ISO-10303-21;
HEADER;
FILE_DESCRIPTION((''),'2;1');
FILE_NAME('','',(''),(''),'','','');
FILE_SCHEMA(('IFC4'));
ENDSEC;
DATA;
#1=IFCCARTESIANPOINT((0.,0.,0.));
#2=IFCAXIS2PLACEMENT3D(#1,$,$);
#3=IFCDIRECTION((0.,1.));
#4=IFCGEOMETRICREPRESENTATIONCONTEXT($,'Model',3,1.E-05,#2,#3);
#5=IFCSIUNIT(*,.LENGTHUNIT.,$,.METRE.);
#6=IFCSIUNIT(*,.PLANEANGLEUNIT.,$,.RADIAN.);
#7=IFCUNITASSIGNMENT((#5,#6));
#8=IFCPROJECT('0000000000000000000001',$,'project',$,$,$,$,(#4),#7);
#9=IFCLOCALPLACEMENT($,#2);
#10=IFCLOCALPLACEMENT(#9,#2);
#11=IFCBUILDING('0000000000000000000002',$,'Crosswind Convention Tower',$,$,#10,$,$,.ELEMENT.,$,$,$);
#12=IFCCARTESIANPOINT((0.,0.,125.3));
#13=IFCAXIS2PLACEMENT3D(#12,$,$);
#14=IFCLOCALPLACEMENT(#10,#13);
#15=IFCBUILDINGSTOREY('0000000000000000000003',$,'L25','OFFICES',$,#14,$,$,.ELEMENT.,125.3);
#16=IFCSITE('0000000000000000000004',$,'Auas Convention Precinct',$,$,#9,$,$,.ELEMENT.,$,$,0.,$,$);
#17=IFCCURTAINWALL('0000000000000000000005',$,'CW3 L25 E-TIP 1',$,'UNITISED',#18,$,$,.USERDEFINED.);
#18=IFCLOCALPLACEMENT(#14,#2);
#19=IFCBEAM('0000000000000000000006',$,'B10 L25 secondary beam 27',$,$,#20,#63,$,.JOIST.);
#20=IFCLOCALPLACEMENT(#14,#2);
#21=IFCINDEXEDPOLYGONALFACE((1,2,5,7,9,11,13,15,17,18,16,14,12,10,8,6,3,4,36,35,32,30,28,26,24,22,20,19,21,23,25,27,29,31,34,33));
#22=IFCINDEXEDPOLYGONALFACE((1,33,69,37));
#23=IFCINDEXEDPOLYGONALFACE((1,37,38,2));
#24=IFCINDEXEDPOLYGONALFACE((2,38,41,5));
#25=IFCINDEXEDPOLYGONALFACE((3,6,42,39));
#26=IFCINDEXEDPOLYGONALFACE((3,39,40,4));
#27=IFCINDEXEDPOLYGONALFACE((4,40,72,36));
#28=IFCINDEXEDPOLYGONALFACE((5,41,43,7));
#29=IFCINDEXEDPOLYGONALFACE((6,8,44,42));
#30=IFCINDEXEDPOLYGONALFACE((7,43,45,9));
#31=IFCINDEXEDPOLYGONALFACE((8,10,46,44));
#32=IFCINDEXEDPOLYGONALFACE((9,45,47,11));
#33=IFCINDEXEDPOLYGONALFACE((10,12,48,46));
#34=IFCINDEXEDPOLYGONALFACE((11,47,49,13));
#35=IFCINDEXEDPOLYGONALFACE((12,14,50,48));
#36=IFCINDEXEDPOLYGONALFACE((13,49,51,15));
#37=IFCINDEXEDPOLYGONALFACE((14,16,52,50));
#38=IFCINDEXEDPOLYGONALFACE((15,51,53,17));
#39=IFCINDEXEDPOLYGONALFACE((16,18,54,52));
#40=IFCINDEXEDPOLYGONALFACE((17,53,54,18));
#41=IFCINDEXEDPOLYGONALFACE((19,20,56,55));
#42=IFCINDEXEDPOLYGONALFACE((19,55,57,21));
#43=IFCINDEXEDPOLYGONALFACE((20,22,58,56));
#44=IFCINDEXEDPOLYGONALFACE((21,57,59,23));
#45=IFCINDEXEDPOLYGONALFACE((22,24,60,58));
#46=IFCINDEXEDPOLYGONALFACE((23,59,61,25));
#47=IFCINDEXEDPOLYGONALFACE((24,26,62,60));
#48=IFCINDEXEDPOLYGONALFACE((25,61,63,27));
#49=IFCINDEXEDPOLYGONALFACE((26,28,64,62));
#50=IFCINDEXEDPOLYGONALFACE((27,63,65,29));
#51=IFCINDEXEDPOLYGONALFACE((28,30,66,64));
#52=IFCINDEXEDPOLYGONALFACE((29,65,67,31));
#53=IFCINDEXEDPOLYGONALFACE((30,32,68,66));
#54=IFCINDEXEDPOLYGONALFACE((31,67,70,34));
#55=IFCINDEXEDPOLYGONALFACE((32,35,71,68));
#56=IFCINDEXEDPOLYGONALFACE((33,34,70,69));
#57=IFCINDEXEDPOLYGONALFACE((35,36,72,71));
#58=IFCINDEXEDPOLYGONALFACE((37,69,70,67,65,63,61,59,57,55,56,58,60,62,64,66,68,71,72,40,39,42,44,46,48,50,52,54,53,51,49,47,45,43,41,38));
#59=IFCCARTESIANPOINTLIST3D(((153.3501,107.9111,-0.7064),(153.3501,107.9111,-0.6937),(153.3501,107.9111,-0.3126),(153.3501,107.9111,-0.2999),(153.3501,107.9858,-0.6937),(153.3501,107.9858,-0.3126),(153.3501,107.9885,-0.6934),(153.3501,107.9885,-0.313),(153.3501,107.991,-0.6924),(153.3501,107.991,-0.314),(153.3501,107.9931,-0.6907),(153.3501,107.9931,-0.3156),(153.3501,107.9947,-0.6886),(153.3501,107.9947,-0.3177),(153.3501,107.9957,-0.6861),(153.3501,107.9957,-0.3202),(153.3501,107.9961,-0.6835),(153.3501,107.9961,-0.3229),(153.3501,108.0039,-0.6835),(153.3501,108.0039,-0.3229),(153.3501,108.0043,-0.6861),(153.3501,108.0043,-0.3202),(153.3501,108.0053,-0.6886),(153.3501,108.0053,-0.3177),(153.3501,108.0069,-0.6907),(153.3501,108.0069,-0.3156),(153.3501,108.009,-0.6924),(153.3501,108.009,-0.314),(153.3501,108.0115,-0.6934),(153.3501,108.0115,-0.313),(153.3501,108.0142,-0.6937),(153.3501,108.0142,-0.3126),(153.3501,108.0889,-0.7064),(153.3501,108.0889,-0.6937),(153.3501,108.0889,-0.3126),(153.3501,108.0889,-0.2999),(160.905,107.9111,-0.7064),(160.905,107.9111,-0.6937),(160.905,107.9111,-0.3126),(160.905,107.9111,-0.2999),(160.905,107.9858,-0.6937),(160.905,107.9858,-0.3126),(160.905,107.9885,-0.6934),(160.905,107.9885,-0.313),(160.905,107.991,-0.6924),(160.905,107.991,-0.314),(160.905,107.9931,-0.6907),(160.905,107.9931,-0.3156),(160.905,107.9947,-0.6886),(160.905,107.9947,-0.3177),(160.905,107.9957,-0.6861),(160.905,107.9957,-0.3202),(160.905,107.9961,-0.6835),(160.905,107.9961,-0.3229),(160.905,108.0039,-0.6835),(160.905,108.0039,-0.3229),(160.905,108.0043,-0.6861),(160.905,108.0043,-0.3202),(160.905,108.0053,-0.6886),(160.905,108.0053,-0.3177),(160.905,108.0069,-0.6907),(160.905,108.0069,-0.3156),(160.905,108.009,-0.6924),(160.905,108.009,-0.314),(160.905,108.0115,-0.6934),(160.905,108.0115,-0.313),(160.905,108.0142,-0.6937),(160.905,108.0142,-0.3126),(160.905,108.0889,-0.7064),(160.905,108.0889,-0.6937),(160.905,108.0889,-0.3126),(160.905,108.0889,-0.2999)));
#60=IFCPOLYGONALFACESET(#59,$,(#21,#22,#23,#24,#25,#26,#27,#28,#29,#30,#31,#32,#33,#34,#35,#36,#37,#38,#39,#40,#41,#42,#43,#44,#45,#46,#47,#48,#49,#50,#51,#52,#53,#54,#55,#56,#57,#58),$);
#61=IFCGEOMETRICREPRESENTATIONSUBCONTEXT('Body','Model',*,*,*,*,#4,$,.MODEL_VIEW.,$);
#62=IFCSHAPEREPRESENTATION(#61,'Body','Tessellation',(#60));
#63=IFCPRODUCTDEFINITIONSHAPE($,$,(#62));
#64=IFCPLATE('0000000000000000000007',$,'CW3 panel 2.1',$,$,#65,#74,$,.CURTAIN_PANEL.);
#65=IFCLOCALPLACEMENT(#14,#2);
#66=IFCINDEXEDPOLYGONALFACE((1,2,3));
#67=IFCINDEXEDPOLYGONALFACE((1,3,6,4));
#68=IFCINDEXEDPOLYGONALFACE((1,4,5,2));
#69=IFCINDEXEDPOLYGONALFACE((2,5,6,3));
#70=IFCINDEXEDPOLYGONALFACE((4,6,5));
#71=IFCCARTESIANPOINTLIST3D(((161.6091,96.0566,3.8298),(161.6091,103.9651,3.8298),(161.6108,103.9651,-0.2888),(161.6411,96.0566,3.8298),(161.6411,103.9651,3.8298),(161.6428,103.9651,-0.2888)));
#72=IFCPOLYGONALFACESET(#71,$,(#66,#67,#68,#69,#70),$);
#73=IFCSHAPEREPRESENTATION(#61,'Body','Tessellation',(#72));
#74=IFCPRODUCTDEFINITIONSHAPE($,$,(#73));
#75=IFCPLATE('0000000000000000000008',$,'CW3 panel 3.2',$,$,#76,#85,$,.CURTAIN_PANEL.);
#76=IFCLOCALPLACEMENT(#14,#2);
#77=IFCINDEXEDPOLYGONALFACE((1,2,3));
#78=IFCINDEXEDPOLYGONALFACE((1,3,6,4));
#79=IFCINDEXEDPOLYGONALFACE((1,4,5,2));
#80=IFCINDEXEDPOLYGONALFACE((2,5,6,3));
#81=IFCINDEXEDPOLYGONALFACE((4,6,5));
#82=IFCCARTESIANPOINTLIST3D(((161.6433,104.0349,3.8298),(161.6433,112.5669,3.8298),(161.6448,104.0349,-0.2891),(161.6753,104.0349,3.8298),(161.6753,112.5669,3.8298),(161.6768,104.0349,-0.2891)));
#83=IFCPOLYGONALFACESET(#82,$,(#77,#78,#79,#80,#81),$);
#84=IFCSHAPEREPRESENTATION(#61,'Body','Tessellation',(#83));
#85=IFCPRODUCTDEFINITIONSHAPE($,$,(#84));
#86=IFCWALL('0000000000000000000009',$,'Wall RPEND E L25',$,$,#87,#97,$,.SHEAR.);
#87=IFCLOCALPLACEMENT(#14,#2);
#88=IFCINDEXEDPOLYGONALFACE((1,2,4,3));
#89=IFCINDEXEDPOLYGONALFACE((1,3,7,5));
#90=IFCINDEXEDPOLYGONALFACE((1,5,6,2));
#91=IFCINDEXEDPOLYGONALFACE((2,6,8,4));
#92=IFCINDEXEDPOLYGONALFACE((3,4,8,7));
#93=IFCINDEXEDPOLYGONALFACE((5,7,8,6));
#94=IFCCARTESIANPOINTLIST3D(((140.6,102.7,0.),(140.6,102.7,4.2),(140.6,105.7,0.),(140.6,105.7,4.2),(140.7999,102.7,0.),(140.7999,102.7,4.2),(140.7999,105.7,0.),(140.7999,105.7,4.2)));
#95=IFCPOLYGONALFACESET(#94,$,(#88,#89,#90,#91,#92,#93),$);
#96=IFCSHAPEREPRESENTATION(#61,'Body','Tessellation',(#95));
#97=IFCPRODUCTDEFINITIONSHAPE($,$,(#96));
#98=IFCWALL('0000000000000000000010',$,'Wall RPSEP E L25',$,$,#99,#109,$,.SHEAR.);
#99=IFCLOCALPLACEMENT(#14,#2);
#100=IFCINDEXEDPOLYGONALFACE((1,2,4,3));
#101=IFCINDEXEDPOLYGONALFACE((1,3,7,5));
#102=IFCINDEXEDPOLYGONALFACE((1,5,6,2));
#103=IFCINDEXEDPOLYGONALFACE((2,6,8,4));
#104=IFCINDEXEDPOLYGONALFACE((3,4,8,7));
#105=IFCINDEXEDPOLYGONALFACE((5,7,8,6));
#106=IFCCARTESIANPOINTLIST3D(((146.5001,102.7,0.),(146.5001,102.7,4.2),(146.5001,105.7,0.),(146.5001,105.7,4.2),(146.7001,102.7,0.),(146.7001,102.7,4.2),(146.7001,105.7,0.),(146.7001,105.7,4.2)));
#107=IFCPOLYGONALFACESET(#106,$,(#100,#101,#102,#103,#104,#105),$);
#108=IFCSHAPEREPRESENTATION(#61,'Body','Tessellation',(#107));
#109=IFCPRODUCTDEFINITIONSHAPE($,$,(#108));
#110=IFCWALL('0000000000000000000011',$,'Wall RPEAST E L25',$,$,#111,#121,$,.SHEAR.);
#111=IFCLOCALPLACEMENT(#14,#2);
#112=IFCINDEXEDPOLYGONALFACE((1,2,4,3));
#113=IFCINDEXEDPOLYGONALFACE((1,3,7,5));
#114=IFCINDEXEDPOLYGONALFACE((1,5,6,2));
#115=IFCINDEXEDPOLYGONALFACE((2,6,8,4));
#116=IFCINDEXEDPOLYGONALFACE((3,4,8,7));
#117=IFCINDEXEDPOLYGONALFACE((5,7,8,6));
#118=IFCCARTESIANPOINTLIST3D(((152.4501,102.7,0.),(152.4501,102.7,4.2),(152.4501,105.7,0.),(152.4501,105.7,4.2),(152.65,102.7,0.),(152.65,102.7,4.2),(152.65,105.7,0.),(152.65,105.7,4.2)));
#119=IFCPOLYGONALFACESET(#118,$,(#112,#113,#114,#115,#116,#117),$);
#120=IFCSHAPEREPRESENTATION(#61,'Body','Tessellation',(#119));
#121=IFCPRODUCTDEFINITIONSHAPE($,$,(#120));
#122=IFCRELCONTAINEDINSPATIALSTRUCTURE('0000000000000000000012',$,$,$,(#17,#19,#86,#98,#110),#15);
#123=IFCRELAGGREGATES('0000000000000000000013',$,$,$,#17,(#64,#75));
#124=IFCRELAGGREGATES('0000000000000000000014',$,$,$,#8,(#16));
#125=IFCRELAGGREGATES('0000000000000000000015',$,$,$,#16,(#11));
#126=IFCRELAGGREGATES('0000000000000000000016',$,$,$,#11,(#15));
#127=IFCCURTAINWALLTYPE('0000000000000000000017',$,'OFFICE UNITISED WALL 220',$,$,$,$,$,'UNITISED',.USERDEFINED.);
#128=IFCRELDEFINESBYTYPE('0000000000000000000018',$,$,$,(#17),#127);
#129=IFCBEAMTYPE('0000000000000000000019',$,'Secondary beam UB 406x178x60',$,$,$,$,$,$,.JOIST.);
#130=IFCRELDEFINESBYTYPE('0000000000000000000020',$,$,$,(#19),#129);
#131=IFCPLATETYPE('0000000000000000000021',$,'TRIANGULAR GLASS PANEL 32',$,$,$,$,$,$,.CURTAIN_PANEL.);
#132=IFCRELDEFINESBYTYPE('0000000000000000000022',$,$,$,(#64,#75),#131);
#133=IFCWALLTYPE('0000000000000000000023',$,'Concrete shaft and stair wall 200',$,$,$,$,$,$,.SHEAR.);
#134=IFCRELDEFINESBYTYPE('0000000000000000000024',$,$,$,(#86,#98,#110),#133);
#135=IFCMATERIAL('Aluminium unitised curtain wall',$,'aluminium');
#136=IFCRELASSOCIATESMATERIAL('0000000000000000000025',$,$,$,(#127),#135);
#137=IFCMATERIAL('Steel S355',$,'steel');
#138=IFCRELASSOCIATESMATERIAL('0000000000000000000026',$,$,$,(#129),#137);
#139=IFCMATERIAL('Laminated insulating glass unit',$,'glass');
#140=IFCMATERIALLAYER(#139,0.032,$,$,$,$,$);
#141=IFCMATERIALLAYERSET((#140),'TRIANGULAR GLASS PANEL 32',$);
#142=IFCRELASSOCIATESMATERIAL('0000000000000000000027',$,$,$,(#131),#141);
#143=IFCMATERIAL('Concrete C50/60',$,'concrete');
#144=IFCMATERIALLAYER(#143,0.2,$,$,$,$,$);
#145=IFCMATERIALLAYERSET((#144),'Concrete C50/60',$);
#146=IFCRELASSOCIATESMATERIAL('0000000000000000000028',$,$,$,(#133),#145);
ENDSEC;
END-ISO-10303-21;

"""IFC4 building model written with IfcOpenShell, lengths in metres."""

from ifc_helpers import new_model, si_unit, direction, frame, frame_2d, origin, origin_2d, place, context, subcontext, project, spatial, polyline, rectangle, i_section, outline, extrude, material, layer, layer_set, material_profile, profile_set, type_object, element, aggregate, save


model = new_model("IFC4")

# Units and contexts
model_context = context("Model", 3, precision=1e-05, world=origin(), true_north=direction((0.0, 1.0)))
body_context = subcontext(model_context, "Body", "Model", "MODEL_VIEW")
ifc_project = project(units=[si_unit("LENGTHUNIT", "METRE"), si_unit("PLANEANGLEUNIT", "RADIAN")], contexts=[model_context])

# Site, building, storey
site_placement = place(None, origin())
site = spatial("IfcSite", under=ifc_project, at=site_placement, Name="Auas Convention Precinct", CompositionType="ELEMENT", RefElevation=0.0)
building_placement = place(site_placement, origin())
building = spatial("IfcBuilding", under=site, at=building_placement, Name="Crosswind Convention Tower", CompositionType="ELEMENT")
storey_placement = place(building_placement, frame((0.0, 0.0, 125.3)))
storey = spatial("IfcBuildingStorey", under=building, at=storey_placement, Name="L25", Description="OFFICES", CompositionType="ELEMENT", Elevation=125.3)

# Shared definitions
ifc_material_1 = material(Name="Steel S355", Category="steel")

# Curtain wall
ifc_material_2 = material(Name="Aluminium unitised curtain wall", Category="aluminium")
curtain_wall_type = type_object("IfcCurtainWallType", Name="OFFICE UNITISED WALL 220", ElementType="UNITISED", PredefinedType="USERDEFINED", material=ifc_material_2)
curtain_wall_placement = place(storey_placement, origin())
curtain_wall = element("IfcCurtainWall", 1, at=curtain_wall_placement, inside=storey, type_object=curtain_wall_type, Name="CW3 L25 E-TIP 1", ObjectType="UNITISED", PredefinedType="USERDEFINED")

# Beam
ifc_material_profile_1 = material_profile(ifc_material_1, i_section(OverallWidth=0.1777, OverallDepth=0.4065, WebThickness=0.0078, FlangeThickness=0.0127, FilletRadius=0.0103, at=origin_2d()), Name="UB 406x178x60")
ifc_profile_set_1 = profile_set([ifc_material_profile_1], Name="Steel S355")
beam_type_1 = type_object("IfcBeamType", Name="Secondary beam UB 406x178x60", PredefinedType="JOIST", material=ifc_profile_set_1)
for number, where, z_axis, x_axis, name in (
    (2, (153.3501, 108.0, -0.5032), (1.0, 0.0, 0.0), (0.0, 1.0, 0.0), "B10 L25 secondary beam 27"),
):
    element("IfcBeam", number, at=place(storey_placement, frame(where, z_axis=z_axis, x_axis=x_axis)), inside=storey, type_object=beam_type_1, Name=name, PredefinedType="JOIST", context=body_context, shape_type="SweptSolid", body=[
        extrude(i_section(OverallWidth=0.1777, OverallDepth=0.4065, WebThickness=0.0078, FlangeThickness=0.0127, FilletRadius=0.0103, at=origin_2d()), origin(), (0.0, 0.0, 1.0), 7.5549),
    ])

# Plates
ifc_material_3 = material(Name="Laminated insulating glass unit", Category="glass")
ifc_layer_1 = layer(ifc_material_3, 0.032)
ifc_layer_set_1 = layer_set([ifc_layer_1], Name="TRIANGULAR GLASS PANEL 32")
plate_type = type_object("IfcPlateType", Name="TRIANGULAR GLASS PANEL 32", PredefinedType="CURTAIN_PANEL", material=ifc_layer_set_1)
plate_1_placement = place(storey_placement, frame((161.6411, 103.9651, 3.8298), z_axis=(1.0, 0.0, 0.000415), x_axis=(0.0, -1.0, 0.0)))
plate_1 = element("IfcPlate", 3, at=plate_1_placement, type_object=plate_type, Name="CW3 panel 2.1", PredefinedType="CURTAIN_PANEL", context=body_context, shape_type="SweptSolid", body=[
    extrude(outline(polyline([(0.0, 0.0), (7.9084, 0.0), (0.0, 4.1187), (0.0, 0.0)])), origin(), (0.0, 0.0, -1.0), 0.032),
])
plate_2_placement = place(storey_placement, frame((161.6753, 104.0349, 3.8298), z_axis=(1.0, 0.0, 0.000356), x_axis=(0.000356, 0.0, -1.0)))
plate_2 = element("IfcPlate", 4, at=plate_2_placement, type_object=plate_type, Name="CW3 panel 3.2", PredefinedType="CURTAIN_PANEL", context=body_context, shape_type="SweptSolid", body=[
    extrude(outline(polyline([(0.0, 0.0), (4.1189, 0.0), (0.0, 8.532), (0.0, 0.0)])), origin(), (0.0, 0.0, -1.0), 0.032),
])
aggregate(curtain_wall, [plate_1, plate_2])

# Walls
ifc_material_4 = material(Name="Concrete C50/60", Category="concrete")
ifc_layer_2 = layer(ifc_material_4, 0.2)
ifc_layer_set_2 = layer_set([ifc_layer_2], Name="Concrete C50/60")
wall_type_1 = type_object("IfcWallType", Name="Concrete shaft and stair wall 200", PredefinedType="SHEAR", material=ifc_layer_set_2)
for number, where, z_axis, x_axis, name in (
    (5, (140.7, 102.7, 0.0), (0.0, 0.0, 1.0), (0.0, 1.0, 0.0), "Wall RPEND E L25"),
    (6, (146.6001, 102.7, 0.0), (0.0, 0.0, 1.0), (0.0, 1.0, 0.0), "Wall RPSEP E L25"),
    (7, (152.55, 102.7, 0.0), (0.0, 0.0, 1.0), (0.0, 1.0, 0.0), "Wall RPEAST E L25"),
):
    element("IfcWall", number, at=place(storey_placement, frame(where, z_axis=z_axis, x_axis=x_axis)), inside=storey, type_object=wall_type_1, Name=name, PredefinedType="SHEAR", context=body_context, shape_type="SweptSolid", body=[
        extrude(rectangle(XDim=3.0, YDim=0.2, at=frame_2d((1.5, 0.0))), origin(), (0.0, 0.0, 1.0), 4.2),
    ])

save(model, "model.ifc")
